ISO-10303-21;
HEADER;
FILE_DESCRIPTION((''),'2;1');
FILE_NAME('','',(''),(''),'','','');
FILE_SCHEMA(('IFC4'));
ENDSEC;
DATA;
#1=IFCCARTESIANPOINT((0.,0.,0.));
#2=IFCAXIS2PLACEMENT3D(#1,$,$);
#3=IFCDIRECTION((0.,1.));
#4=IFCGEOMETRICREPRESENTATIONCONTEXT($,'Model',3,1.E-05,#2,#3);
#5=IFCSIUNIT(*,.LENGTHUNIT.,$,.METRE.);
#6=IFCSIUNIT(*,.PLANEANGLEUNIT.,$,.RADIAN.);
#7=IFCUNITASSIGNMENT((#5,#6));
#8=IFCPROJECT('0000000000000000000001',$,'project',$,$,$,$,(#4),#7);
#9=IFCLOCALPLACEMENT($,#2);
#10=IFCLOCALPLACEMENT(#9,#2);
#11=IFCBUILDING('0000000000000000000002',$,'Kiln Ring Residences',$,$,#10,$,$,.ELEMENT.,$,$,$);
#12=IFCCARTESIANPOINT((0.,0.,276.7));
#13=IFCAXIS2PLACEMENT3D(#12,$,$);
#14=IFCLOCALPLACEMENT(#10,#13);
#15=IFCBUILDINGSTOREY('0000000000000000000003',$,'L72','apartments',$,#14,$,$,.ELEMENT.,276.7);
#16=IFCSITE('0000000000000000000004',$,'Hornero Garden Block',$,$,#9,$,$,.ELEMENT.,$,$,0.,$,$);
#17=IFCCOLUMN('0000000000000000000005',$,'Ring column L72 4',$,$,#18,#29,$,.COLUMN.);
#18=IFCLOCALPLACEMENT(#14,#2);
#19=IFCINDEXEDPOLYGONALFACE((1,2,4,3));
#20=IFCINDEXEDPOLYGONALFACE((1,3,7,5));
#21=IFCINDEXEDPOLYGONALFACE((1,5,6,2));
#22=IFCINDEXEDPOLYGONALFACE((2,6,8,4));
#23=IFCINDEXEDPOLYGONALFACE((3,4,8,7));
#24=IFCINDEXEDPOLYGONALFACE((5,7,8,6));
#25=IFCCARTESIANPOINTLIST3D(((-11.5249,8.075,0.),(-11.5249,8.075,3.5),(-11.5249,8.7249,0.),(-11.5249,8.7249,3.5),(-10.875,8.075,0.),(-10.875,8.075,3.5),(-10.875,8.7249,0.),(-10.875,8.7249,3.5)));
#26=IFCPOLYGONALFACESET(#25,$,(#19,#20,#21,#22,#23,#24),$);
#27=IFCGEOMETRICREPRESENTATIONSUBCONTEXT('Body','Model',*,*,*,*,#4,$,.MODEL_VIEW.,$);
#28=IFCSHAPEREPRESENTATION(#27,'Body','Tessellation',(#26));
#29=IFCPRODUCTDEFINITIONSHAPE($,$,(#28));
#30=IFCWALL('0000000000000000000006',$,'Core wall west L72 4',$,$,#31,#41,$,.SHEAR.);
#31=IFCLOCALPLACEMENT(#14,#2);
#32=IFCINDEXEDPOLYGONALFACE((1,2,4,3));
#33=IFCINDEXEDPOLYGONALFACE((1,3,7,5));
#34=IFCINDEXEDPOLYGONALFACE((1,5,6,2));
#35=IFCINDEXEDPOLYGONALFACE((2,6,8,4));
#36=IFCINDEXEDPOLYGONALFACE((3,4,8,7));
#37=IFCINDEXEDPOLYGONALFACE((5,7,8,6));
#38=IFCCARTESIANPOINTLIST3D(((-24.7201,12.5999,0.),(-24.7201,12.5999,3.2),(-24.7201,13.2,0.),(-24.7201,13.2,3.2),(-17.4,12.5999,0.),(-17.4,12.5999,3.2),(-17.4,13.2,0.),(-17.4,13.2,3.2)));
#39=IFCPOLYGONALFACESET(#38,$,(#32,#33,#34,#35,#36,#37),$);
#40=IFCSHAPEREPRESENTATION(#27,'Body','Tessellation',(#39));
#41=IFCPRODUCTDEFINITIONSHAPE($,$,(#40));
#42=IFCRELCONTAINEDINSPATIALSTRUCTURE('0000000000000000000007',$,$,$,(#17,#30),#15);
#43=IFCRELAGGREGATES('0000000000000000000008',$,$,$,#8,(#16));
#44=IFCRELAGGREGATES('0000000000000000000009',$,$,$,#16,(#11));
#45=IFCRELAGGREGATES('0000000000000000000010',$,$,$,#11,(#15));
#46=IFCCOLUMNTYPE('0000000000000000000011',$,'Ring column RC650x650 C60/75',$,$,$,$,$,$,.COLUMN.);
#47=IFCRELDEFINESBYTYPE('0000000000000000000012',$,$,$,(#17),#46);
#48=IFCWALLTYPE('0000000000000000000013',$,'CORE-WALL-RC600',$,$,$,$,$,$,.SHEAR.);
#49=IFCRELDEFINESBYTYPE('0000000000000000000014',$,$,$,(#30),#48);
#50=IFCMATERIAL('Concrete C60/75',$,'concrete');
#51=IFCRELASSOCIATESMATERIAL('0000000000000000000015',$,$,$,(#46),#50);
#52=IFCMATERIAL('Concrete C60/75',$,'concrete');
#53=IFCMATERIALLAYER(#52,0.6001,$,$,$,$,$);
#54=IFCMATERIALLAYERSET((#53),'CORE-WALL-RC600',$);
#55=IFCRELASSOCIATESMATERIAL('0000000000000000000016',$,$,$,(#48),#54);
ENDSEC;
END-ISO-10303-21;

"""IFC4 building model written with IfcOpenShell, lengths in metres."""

from ifc_helpers import new_model, si_unit, direction, frame, frame_2d, origin, origin_2d, place, context, subcontext, project, spatial, rectangle, extrude, material, layer, layer_set, material_profile, profile_set, type_object, element, save


model = new_model("IFC4")

# Units and contexts
model_context = context("Model", 3, precision=1e-05, world=origin(), true_north=direction((0.0, 1.0)))
body_context = subcontext(model_context, "Body", "Model", "MODEL_VIEW")
ifc_project = project(units=[si_unit("LENGTHUNIT", "METRE"), si_unit("PLANEANGLEUNIT", "RADIAN")], contexts=[model_context])

# Site, building, storey
site_placement = place(None, origin())
site = spatial("IfcSite", under=ifc_project, at=site_placement, Name="Hornero Garden Block", CompositionType="ELEMENT", RefElevation=0.0)
building_placement = place(site_placement, origin())
building = spatial("IfcBuilding", under=site, at=building_placement, Name="Kiln Ring Residences", CompositionType="ELEMENT")
storey_placement = place(building_placement, frame((0.0, 0.0, 276.7)))
storey = spatial("IfcBuildingStorey", under=building, at=storey_placement, Name="L72", Description="apartments", CompositionType="ELEMENT", Elevation=276.7)

# Column
ifc_material_1 = material(Name="Concrete C60/75", Category="concrete")
ifc_material_profile = material_profile(ifc_material_1, rectangle(XDim=0.6499, YDim=0.6499, at=origin_2d()), Name="RC650x650")
ifc_profile_set = profile_set([ifc_material_profile], Name="Concrete C60/75")
column_type = type_object("IfcColumnType", Name="Ring column RC650x650 C60/75", PredefinedType="COLUMN", material=ifc_profile_set)
column_placement = place(storey_placement, frame((-11.2, 8.3999, 0.0), z_axis=(0.0, 0.0, 1.0), x_axis=(1.0, 0.0, 0.0)))
element("IfcColumn", 1, at=column_placement, inside=storey, type_object=column_type, Name="Ring column L72 4", PredefinedType="COLUMN", context=body_context, shape_type="SweptSolid", body=[
    extrude(rectangle(XDim=0.6499, YDim=0.6499, at=origin_2d()), origin(), (0.0, 0.0, 1.0), 3.5),
])

# Wall
ifc_material_2 = material(Name="Concrete C60/75", Category="concrete")
ifc_layer_1 = layer(ifc_material_2, 0.6001)
ifc_layer_set_1 = layer_set([ifc_layer_1], Name="CORE-WALL-RC600")
wall_type_1 = type_object("IfcWallType", Name="CORE-WALL-RC600", PredefinedType="SHEAR", material=ifc_layer_set_1)
wall_1_placement = place(storey_placement, frame((-17.3999, 12.8999, 0.0), z_axis=(0.0, 0.0, 1.0), x_axis=(-1.0, 0.0, 0.0)))
element("IfcWall", 2, at=wall_1_placement, inside=storey, type_object=wall_type_1, Name="Core wall west L72 4", PredefinedType="SHEAR", context=body_context, shape_type="SweptSolid", body=[
    extrude(rectangle(XDim=7.3201, YDim=0.6001, at=frame_2d((3.6602, 0.0))), origin(), (0.0, 0.0, 1.0), 3.2),
])

save(model, "model.ifc")
